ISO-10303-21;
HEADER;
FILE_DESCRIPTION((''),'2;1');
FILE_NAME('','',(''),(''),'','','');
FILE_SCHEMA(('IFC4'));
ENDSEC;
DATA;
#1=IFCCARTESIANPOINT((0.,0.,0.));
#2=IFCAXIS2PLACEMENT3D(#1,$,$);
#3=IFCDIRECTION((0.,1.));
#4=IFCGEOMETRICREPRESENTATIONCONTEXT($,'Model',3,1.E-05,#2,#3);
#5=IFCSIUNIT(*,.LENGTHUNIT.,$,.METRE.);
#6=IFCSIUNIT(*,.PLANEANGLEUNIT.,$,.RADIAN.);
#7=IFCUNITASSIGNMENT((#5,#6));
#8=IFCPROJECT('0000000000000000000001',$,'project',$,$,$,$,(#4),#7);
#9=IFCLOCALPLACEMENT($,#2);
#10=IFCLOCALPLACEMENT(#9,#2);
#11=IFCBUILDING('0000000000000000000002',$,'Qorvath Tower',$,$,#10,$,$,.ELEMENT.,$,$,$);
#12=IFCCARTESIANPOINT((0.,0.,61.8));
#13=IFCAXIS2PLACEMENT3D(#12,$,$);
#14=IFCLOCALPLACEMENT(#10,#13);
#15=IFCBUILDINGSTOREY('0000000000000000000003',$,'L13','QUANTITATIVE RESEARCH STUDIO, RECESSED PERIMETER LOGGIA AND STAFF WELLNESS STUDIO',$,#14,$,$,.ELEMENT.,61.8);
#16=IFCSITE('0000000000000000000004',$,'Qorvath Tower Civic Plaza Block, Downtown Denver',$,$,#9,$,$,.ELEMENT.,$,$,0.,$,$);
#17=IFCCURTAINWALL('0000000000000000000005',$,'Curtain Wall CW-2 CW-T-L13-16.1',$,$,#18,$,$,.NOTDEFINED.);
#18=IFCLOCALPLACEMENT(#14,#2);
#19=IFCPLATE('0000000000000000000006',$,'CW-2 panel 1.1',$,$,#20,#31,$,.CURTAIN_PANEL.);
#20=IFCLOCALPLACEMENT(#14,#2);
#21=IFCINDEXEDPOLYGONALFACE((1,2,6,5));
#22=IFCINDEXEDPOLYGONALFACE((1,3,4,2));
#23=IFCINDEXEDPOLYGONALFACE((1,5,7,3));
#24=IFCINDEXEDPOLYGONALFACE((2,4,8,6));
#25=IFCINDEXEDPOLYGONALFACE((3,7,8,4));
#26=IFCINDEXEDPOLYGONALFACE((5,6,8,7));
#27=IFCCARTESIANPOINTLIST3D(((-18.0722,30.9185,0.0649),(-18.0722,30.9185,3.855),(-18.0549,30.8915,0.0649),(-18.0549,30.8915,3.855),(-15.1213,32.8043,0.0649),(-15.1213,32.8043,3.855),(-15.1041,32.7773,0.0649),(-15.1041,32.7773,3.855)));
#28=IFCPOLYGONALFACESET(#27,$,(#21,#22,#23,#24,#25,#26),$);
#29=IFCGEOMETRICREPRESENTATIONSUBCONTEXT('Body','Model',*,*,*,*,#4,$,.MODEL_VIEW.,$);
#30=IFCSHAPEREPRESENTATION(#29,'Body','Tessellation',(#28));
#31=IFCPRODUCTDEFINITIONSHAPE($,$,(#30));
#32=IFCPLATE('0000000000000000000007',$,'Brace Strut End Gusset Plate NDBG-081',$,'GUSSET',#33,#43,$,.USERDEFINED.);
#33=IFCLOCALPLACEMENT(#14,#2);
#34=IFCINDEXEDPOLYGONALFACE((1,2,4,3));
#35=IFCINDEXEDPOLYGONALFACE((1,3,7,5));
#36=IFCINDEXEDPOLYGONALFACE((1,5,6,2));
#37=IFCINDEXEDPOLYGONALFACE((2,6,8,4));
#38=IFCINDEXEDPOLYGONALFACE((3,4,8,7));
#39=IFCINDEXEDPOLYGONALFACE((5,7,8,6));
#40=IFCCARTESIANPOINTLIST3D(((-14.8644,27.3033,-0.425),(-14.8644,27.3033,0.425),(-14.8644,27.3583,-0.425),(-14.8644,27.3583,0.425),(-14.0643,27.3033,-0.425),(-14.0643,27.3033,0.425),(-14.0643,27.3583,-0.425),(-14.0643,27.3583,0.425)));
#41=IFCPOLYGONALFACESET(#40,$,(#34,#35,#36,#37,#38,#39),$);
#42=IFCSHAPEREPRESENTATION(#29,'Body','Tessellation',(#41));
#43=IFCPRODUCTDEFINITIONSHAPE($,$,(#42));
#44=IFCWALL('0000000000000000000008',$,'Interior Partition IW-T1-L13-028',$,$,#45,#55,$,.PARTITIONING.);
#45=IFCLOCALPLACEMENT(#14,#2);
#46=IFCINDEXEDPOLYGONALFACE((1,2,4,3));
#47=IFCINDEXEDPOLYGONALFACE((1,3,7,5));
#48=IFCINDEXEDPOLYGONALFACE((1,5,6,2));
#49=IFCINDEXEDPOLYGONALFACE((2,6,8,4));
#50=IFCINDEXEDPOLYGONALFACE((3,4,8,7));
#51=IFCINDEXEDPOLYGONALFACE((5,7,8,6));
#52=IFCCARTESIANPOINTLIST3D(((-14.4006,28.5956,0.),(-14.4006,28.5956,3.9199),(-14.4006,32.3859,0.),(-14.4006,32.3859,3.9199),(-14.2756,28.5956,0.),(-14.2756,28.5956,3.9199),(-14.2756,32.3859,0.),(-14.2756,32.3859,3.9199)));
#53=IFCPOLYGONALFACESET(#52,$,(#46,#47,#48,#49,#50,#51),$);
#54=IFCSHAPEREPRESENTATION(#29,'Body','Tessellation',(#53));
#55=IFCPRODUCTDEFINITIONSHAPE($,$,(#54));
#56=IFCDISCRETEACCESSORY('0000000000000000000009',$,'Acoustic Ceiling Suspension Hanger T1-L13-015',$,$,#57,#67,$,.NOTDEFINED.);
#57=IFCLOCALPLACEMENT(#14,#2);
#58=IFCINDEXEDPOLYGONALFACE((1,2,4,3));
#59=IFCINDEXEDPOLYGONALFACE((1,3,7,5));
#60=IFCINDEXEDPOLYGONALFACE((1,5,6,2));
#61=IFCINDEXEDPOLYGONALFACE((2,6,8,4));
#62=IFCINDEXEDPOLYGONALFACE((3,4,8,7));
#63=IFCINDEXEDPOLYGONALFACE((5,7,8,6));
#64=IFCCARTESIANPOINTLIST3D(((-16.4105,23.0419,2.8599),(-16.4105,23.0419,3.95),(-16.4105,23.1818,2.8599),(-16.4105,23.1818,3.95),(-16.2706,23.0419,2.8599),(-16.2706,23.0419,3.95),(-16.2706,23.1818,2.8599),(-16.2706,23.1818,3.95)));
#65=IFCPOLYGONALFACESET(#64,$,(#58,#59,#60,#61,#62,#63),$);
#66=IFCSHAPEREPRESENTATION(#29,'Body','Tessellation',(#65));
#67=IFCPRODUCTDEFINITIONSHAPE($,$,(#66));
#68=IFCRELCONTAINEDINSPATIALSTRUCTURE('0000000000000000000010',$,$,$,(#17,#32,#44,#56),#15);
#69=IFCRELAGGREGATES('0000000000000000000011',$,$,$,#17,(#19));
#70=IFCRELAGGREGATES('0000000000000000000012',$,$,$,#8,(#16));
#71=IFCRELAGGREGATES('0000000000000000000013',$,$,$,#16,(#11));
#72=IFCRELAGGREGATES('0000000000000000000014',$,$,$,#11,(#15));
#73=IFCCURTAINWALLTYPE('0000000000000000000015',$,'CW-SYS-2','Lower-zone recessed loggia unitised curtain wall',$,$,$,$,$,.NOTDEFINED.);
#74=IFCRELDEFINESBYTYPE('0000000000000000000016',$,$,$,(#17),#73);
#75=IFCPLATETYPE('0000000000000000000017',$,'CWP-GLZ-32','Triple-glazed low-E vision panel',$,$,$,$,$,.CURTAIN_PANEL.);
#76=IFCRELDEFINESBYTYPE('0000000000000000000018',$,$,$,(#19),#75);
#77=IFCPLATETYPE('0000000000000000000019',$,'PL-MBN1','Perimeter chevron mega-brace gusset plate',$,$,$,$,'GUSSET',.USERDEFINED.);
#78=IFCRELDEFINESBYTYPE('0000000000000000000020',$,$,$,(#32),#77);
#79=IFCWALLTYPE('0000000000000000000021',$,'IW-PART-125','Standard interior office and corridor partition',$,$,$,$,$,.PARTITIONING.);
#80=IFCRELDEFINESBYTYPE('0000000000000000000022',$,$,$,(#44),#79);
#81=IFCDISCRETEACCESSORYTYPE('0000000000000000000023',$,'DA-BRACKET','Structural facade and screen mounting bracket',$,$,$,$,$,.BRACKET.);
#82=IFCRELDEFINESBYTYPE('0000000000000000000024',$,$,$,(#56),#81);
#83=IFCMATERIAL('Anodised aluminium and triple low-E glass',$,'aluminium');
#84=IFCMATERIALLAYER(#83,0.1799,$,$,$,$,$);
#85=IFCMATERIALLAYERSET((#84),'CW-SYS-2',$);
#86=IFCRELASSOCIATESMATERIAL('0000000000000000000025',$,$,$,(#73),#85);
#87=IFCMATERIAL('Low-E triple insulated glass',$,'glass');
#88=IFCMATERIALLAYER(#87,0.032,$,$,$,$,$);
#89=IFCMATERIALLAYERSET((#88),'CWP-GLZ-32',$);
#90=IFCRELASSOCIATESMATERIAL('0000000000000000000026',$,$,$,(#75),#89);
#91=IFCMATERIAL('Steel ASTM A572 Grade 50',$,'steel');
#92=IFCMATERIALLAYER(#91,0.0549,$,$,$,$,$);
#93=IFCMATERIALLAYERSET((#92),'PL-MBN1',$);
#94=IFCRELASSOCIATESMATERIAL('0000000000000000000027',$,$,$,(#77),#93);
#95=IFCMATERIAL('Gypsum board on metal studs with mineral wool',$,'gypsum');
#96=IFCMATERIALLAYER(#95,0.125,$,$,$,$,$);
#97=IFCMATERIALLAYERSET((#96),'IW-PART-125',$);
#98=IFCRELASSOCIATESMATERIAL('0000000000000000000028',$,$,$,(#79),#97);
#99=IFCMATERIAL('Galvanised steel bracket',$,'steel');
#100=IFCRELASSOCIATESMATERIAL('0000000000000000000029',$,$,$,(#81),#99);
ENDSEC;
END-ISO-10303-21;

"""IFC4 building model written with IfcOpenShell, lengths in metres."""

from ifc_helpers import new_model, si_unit, direction, frame, frame_2d, origin, origin_2d, place, context, subcontext, project, spatial, rectangle, extrude, material, layer, layer_set, type_object, element, aggregate, save


model = new_model("IFC4")

# Units and contexts
model_context = context("Model", 3, precision=1e-05, world=origin(), true_north=direction((0.0, 1.0)))
body_context = subcontext(model_context, "Body", "Model", "MODEL_VIEW")
ifc_project = project(units=[si_unit("LENGTHUNIT", "METRE"), si_unit("PLANEANGLEUNIT", "RADIAN")], contexts=[model_context])

# Site, building, storey
site_placement = place(None, origin())
site = spatial("IfcSite", under=ifc_project, at=site_placement, Name="Qorvath Tower Civic Plaza Block, Downtown Denver", CompositionType="ELEMENT", RefElevation=0.0)
building_placement = place(site_placement, origin())
building = spatial("IfcBuilding", under=site, at=building_placement, Name="Qorvath Tower", CompositionType="ELEMENT")
storey_placement = place(building_placement, frame((0.0, 0.0, 61.8)))
storey = spatial("IfcBuildingStorey", under=building, at=storey_placement, Name="L13", Description="QUANTITATIVE RESEARCH STUDIO, RECESSED PERIMETER LOGGIA AND STAFF WELLNESS STUDIO", CompositionType="ELEMENT", Elevation=61.8)

# Shared definitions
ifc_material_1 = material(Name="Anodised aluminium and triple low-E glass", Category="aluminium")
ifc_layer_1 = layer(ifc_material_1, 0.1799)
ifc_layer_set_1 = layer_set([ifc_layer_1], Name="CW-SYS-2")
curtain_wall_type = type_object("IfcCurtainWallType", Name="CW-SYS-2", Description="Lower-zone recessed loggia unitised curtain wall", PredefinedType="NOTDEFINED", material=ifc_layer_set_1)

# Curtain wall
curtain_wall_1_placement = place(storey_placement, origin())
curtain_wall_1 = element("IfcCurtainWall", 1, at=curtain_wall_1_placement, inside=storey, type_object=curtain_wall_type, Name="Curtain Wall CW-2 CW-T-L13-16.1", PredefinedType="NOTDEFINED")

# Plates
ifc_material_2 = material(Name="Low-E triple insulated glass", Category="glass")
ifc_layer_2 = layer(ifc_material_2, 0.032)
ifc_layer_set_2 = layer_set([ifc_layer_2], Name="CWP-GLZ-32")
plate_type_1 = type_object("IfcPlateType", Name="CWP-GLZ-32", Description="Triple-glazed low-E vision panel", PredefinedType="CURTAIN_PANEL", material=ifc_layer_set_2)
plate_1_placement = place(storey_placement, frame((-16.5881, 31.8479, 0.0649), z_axis=(0.0, 0.0, 1.0), x_axis=(-0.84262, -0.538508, 0.0)))
plate_1 = element("IfcPlate", 2, at=plate_1_placement, type_object=plate_type_1, Name="CW-2 panel 1.1", PredefinedType="CURTAIN_PANEL", context=body_context, shape_type="SweptSolid", body=[
    extrude(rectangle(XDim=3.502, YDim=0.032, at=origin_2d()), origin(), (0.0, 0.0, 1.0), 3.79),
])
aggregate(curtain_wall_1, [plate_1])
ifc_material_3 = material(Name="Steel ASTM A572 Grade 50", Category="steel")
ifc_layer_3 = layer(ifc_material_3, 0.0549)
ifc_layer_set_3 = layer_set([ifc_layer_3], Name="PL-MBN1")
plate_type_2 = type_object("IfcPlateType", Name="PL-MBN1", Description="Perimeter chevron mega-brace gusset plate", ElementType="GUSSET", PredefinedType="USERDEFINED", material=ifc_layer_set_3)
plate_2_placement = place(storey_placement, frame((-14.4644, 27.3308, -0.425), z_axis=(0.0, 0.0, 1.0), x_axis=(1.0, 0.0, 0.0)))
element("IfcPlate", 3, at=plate_2_placement, inside=storey, type_object=plate_type_2, Name="Brace Strut End Gusset Plate NDBG-081", ObjectType="GUSSET", PredefinedType="USERDEFINED", context=body_context, shape_type="SweptSolid", body=[
    extrude(rectangle(XDim=0.8, YDim=0.0549, at=origin_2d()), origin(), (0.0, 0.0, 1.0), 0.8501),
])

# Wall
ifc_material_4 = material(Name="Gypsum board on metal studs with mineral wool", Category="gypsum")
ifc_layer_4 = layer(ifc_material_4, 0.125)
ifc_layer_set_4 = layer_set([ifc_layer_4], Name="IW-PART-125")
wall_type = type_object("IfcWallType", Name="IW-PART-125", Description="Standard interior office and corridor partition", PredefinedType="PARTITIONING", material=ifc_layer_set_4)
wall_placement = place(storey_placement, frame((-14.3381, 28.5957, 0.0), z_axis=(0.0, 0.0, 1.0), x_axis=(0.0, 1.0, 0.0)))
element("IfcWall", 4, at=wall_placement, inside=storey, type_object=wall_type, Name="Interior Partition IW-T1-L13-028", PredefinedType="PARTITIONING", context=body_context, shape_type="SweptSolid", body=[
    extrude(rectangle(XDim=3.7903, YDim=0.125, at=frame_2d((1.895, 0.0))), origin(), (0.0, 0.0, 1.0), 3.9199),
])

# Discrete accessory
ifc_material_5 = material(Name="Galvanised steel bracket", Category="steel")
discrete_accessory_type = type_object("IfcDiscreteAccessoryType", Name="DA-BRACKET", Description="Structural facade and screen mounting bracket", PredefinedType="BRACKET", material=ifc_material_5)
discrete_accessory_placement = place(storey_placement, frame((-16.3406, 23.1118, 2.8599), z_axis=(0.0, 0.0, 1.0), x_axis=(1.0, 0.0, 0.0)))
element("IfcDiscreteAccessory", 5, at=discrete_accessory_placement, inside=storey, type_object=discrete_accessory_type, Name="Acoustic Ceiling Suspension Hanger T1-L13-015", PredefinedType="NOTDEFINED", context=body_context, shape_type="SweptSolid", body=[
    extrude(rectangle(XDim=0.1399, YDim=0.1399, at=origin_2d()), origin(), (0.0, 0.0, 1.0), 1.0901),
])

save(model, "model.ifc")
